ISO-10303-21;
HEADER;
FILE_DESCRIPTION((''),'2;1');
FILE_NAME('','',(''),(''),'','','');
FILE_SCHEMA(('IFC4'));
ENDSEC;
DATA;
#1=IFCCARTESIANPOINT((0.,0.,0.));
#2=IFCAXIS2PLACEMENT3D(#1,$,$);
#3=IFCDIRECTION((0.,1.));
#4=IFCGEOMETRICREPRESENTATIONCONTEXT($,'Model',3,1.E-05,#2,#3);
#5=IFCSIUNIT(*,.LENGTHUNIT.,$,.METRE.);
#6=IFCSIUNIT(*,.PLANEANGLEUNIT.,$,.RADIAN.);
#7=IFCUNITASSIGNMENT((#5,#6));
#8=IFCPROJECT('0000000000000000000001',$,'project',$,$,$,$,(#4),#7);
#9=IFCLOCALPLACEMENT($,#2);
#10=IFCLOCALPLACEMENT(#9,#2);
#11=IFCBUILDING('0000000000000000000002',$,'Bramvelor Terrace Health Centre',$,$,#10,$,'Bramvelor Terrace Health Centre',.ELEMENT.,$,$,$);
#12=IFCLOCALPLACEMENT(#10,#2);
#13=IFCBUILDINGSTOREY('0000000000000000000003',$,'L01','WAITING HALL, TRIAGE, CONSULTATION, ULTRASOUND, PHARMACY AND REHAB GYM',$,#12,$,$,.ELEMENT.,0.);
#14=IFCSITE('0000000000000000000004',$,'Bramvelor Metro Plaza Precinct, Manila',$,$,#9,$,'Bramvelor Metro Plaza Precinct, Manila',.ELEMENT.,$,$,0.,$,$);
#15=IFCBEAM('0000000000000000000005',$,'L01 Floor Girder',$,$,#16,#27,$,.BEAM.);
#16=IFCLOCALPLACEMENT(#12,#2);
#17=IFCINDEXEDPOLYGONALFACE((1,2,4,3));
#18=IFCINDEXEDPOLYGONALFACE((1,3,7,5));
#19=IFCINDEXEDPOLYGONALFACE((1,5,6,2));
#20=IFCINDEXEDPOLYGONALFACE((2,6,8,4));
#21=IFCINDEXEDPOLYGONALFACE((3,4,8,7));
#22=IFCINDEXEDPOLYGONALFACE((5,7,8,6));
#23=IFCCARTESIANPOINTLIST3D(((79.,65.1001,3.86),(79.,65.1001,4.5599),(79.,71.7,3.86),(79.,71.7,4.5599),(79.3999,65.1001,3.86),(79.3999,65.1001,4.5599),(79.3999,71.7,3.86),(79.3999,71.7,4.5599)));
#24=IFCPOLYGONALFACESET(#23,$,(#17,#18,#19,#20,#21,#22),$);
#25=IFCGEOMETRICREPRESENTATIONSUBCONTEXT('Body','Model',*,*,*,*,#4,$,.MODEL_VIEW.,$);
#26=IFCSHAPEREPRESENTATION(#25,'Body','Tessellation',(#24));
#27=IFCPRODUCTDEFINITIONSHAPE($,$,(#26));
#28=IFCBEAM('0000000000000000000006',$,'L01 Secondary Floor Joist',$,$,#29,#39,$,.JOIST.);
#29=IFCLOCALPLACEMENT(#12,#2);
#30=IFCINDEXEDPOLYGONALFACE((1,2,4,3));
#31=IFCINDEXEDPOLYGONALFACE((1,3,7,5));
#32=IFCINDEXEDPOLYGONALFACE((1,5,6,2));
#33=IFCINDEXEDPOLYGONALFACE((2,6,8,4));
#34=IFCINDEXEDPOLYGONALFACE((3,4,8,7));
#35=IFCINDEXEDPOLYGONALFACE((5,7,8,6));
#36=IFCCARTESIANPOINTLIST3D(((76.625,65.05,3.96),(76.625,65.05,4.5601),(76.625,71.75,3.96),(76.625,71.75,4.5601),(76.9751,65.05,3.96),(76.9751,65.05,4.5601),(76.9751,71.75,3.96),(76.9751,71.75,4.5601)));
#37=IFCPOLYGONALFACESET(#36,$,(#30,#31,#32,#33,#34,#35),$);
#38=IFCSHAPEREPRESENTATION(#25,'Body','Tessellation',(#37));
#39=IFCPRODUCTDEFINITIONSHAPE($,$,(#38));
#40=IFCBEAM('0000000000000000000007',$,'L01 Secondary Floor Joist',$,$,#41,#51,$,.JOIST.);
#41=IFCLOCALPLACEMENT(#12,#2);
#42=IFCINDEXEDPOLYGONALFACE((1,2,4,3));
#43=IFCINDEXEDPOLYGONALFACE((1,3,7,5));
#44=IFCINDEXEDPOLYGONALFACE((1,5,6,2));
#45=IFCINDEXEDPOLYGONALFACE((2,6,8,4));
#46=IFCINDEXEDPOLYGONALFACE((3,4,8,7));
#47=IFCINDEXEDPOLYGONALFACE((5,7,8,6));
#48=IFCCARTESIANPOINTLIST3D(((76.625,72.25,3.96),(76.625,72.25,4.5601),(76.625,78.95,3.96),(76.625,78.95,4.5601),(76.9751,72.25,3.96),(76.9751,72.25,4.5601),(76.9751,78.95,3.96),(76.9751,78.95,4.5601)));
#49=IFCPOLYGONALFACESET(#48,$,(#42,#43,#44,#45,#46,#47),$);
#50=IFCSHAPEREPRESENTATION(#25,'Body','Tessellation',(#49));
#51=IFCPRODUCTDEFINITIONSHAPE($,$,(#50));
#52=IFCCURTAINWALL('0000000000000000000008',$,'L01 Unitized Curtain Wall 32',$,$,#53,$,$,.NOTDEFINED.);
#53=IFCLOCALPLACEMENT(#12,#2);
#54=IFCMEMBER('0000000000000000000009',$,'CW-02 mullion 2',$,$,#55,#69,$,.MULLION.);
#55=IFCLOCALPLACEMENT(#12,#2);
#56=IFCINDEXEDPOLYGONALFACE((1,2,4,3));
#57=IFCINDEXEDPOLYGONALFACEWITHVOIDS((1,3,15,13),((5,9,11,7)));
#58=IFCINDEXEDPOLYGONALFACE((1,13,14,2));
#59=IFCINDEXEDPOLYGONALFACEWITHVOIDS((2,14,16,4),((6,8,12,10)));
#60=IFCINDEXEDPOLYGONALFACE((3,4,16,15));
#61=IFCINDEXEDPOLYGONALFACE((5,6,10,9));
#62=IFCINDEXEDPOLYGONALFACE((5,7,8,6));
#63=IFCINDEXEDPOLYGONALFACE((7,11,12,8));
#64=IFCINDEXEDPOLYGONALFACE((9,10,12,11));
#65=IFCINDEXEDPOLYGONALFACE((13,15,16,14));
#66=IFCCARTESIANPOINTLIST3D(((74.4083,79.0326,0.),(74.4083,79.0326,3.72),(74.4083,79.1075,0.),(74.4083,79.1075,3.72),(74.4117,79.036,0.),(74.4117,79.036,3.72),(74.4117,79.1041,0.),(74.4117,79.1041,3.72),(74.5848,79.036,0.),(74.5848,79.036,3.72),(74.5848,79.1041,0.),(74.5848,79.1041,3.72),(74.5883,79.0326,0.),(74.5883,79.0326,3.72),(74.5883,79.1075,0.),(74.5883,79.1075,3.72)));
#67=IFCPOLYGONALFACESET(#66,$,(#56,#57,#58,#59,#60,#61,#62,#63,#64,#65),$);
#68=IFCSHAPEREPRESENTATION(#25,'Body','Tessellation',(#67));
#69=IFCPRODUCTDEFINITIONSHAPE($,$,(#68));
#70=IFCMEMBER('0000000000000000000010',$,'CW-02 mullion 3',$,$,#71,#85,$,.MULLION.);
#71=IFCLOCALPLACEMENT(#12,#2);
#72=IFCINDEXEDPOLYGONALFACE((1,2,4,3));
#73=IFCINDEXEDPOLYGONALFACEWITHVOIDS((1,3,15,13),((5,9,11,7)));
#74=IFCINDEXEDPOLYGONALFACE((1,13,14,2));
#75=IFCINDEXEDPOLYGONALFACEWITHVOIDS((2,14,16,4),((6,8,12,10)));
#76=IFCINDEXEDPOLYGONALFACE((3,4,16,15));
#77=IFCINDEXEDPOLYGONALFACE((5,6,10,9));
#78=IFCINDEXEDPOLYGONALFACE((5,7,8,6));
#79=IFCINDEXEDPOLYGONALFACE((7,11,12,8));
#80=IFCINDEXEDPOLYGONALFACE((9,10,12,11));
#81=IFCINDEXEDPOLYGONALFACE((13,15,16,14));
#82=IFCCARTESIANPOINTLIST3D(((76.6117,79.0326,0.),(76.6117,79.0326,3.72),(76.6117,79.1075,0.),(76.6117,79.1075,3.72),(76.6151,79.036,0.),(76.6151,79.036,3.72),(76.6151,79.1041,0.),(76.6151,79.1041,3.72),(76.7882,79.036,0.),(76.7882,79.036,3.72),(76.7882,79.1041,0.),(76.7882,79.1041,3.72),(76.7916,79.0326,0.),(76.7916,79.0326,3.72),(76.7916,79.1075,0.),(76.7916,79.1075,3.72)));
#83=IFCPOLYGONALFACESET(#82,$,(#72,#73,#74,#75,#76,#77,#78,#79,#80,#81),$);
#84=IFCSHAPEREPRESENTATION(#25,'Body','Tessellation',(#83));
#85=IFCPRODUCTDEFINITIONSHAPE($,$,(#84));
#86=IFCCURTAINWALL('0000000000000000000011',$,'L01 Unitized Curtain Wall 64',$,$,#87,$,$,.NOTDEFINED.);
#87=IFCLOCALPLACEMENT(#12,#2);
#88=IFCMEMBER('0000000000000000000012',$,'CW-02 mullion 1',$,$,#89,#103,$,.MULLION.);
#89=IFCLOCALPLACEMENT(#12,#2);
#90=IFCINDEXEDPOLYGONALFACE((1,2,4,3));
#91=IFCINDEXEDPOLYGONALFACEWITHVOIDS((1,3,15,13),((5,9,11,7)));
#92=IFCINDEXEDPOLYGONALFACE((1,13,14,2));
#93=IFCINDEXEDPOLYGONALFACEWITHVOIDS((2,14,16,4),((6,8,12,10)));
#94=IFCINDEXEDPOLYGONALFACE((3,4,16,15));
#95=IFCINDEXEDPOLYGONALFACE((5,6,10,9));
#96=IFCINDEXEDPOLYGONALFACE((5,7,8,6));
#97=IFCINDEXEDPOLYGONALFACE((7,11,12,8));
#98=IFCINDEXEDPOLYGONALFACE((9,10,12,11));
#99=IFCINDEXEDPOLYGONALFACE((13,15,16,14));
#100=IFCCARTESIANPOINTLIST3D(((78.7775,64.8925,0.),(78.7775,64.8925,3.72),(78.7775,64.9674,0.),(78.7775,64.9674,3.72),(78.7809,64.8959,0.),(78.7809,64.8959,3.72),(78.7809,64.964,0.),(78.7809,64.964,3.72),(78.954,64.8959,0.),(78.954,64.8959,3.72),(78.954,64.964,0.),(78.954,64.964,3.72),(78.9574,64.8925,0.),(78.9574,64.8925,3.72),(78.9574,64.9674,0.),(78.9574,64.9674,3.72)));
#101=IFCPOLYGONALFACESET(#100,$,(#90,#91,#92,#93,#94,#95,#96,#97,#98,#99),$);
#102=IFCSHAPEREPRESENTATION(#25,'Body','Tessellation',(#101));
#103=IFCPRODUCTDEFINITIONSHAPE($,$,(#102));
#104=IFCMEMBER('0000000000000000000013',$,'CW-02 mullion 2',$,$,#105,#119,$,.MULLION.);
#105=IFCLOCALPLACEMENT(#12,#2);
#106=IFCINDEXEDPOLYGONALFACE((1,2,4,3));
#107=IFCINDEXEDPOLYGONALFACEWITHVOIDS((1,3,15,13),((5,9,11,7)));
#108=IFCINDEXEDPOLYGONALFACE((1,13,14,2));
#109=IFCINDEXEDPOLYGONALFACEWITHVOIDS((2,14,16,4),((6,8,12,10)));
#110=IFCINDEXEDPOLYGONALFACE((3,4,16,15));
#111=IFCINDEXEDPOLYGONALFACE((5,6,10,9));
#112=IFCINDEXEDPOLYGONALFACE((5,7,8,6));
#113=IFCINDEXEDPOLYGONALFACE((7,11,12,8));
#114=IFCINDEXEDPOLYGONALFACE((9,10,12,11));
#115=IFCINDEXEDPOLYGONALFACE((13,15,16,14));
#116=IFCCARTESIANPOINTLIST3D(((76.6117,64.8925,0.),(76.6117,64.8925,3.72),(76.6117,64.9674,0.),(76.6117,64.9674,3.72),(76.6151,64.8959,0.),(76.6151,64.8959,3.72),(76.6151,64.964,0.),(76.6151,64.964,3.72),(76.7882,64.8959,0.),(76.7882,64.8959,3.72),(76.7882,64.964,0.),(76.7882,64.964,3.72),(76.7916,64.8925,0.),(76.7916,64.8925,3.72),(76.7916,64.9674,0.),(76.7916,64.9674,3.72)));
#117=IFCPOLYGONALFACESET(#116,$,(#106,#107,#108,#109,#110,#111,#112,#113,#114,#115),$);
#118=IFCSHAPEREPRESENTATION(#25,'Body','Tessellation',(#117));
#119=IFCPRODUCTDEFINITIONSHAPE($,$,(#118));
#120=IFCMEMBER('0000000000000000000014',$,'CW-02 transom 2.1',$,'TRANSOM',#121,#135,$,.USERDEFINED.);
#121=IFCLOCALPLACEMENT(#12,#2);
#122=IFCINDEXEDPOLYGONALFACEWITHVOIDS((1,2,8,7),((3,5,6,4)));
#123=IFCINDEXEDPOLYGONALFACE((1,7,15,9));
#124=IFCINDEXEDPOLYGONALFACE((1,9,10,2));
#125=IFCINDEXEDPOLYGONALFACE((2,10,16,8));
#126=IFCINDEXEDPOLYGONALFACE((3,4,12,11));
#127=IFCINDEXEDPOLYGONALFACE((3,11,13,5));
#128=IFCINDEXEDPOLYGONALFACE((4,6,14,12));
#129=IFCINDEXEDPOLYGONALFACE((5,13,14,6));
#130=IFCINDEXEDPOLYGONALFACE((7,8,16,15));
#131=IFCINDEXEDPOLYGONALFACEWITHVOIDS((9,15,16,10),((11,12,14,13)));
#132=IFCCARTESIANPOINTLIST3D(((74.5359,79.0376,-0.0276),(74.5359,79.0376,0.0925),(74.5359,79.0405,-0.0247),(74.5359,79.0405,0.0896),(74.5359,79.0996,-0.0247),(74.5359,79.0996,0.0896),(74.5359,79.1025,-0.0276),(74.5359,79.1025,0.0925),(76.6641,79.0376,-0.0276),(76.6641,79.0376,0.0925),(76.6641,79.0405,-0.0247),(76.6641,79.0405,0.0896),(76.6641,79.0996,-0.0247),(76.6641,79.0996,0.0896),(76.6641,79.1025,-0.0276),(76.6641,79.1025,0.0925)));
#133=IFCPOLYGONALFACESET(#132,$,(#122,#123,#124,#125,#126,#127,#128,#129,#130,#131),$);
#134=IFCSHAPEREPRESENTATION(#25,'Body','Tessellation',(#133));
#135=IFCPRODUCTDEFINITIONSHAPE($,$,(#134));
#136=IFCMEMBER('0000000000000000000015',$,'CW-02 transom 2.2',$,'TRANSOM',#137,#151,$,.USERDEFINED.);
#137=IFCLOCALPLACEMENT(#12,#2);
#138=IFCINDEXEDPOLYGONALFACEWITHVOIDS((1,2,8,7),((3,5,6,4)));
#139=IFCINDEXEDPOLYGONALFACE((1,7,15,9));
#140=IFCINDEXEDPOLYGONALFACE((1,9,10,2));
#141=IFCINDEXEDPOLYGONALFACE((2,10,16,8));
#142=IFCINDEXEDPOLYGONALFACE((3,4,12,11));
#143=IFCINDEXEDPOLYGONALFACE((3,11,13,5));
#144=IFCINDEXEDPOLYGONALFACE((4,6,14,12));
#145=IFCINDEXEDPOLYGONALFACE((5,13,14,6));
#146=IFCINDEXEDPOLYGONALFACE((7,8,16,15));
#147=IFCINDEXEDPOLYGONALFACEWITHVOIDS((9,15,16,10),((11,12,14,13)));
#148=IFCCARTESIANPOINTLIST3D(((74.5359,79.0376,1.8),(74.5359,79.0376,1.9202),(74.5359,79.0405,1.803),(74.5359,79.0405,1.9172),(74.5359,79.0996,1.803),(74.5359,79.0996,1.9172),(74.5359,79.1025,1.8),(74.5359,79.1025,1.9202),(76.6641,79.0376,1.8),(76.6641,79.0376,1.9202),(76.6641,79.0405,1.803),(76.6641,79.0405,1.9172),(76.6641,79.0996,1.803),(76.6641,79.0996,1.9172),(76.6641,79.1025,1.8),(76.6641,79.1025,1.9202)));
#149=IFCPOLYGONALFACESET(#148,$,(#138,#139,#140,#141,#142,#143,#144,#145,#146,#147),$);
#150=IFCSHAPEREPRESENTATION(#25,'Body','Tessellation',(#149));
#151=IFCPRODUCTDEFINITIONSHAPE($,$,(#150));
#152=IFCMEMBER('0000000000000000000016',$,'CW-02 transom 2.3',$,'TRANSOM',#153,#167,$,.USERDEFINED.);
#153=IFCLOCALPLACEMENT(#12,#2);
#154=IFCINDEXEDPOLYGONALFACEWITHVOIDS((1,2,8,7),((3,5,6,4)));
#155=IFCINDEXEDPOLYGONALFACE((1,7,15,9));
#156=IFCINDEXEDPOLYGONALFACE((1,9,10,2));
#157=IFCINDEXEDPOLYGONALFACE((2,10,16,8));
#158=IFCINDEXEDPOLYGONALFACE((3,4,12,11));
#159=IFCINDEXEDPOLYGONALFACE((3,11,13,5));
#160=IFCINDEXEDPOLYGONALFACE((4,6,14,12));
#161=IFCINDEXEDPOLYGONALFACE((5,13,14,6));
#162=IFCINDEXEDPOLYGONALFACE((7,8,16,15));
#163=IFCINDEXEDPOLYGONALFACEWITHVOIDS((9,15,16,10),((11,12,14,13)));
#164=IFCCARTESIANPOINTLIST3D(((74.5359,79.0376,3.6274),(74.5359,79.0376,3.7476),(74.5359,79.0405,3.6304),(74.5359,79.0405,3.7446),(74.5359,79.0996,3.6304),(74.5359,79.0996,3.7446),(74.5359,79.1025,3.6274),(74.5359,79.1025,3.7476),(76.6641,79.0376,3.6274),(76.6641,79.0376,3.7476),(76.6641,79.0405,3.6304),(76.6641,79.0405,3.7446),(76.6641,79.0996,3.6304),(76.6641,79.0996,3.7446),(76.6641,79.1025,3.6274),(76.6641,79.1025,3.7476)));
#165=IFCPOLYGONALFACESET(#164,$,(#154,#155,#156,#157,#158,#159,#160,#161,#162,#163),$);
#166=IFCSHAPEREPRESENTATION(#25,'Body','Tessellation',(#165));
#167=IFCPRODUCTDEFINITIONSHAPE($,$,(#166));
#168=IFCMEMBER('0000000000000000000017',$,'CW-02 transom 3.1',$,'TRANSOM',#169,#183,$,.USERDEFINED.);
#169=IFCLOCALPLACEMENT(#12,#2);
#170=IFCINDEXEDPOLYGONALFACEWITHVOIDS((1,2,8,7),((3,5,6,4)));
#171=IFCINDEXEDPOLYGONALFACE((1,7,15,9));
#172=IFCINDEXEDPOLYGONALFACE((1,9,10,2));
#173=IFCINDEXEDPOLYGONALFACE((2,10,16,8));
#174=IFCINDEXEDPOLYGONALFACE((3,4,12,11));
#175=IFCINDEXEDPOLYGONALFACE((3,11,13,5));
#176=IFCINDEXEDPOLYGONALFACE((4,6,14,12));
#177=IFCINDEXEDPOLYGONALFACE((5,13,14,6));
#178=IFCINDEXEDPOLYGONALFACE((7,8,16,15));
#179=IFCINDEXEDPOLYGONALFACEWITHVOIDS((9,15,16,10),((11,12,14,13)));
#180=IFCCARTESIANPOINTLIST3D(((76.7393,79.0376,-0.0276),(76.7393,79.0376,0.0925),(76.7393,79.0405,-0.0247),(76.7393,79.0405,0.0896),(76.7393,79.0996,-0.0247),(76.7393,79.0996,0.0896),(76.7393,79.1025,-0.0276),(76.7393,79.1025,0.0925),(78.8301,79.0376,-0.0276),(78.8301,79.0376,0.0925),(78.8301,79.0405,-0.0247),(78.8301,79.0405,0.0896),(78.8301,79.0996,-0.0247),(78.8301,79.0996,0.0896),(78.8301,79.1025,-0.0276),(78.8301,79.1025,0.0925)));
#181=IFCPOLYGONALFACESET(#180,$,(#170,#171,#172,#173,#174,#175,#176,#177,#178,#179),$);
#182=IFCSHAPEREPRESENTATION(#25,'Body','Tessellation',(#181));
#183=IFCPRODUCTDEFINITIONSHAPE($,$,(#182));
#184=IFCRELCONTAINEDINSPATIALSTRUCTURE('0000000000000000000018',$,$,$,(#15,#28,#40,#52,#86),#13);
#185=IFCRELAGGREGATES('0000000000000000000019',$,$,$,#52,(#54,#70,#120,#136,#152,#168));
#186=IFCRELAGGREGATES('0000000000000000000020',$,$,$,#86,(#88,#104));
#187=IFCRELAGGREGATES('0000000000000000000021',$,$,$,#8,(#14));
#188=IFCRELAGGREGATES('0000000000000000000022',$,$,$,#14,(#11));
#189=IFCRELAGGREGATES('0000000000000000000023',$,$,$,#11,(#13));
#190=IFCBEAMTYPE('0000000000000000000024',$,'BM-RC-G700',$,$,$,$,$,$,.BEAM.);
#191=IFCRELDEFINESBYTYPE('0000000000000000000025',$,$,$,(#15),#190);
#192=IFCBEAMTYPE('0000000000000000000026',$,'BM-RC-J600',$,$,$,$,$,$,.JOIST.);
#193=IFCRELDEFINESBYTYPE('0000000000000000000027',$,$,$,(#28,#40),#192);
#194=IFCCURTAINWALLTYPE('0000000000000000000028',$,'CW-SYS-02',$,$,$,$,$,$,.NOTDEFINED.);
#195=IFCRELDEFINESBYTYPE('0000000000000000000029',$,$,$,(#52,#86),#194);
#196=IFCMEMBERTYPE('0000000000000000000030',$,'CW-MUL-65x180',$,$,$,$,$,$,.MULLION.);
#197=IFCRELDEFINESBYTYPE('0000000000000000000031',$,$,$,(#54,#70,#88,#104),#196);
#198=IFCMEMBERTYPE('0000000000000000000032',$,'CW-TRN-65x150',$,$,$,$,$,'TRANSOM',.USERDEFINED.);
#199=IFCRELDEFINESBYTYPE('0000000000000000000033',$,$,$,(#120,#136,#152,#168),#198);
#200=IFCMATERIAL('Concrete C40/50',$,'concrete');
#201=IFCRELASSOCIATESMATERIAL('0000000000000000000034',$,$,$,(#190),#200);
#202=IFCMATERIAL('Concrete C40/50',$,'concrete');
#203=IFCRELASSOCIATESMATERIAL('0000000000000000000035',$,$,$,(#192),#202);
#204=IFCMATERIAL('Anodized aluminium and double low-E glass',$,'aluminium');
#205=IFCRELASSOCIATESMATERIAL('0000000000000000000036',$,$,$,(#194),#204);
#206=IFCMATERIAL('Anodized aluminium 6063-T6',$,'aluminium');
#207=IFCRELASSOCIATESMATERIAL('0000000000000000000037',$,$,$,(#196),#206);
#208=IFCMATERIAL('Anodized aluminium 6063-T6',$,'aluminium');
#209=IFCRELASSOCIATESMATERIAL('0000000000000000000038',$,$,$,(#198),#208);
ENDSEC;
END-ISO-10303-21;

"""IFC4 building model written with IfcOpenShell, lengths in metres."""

from ifc_helpers import new_model, si_unit, direction, frame, origin, origin_2d, place, context, subcontext, project, spatial, rectangle, hollow_rectangle, extrude, material, material_profile, profile_set, type_object, element, aggregate, save


model = new_model("IFC4")

# Units and contexts
model_context = context("Model", 3, precision=1e-05, world=origin(), true_north=direction((0.0, 1.0)))
body_context = subcontext(model_context, "Body", "Model", "MODEL_VIEW")
ifc_project = project(units=[si_unit("LENGTHUNIT", "METRE"), si_unit("PLANEANGLEUNIT", "RADIAN")], contexts=[model_context])

# Site, building, storey
site_placement = place(None, origin())
site = spatial("IfcSite", under=ifc_project, at=site_placement, Name="Bramvelor Metro Plaza Precinct, Manila", LongName="Bramvelor Metro Plaza Precinct, Manila", CompositionType="ELEMENT", RefElevation=0.0)
building_placement = place(site_placement, origin())
building = spatial("IfcBuilding", under=site, at=building_placement, Name="Bramvelor Terrace Health Centre", LongName="Bramvelor Terrace Health Centre", CompositionType="ELEMENT")
storey_placement = place(building_placement, origin())
storey = spatial("IfcBuildingStorey", under=building, at=storey_placement, Name="L01", Description="WAITING HALL, TRIAGE, CONSULTATION, ULTRASOUND, PHARMACY AND REHAB GYM", CompositionType="ELEMENT", Elevation=0.0)

# Beams
ifc_material_1 = material(Name="Concrete C40/50", Category="concrete")
ifc_material_profile_1 = material_profile(ifc_material_1, rectangle(XDim=0.3999, YDim=0.7, at=origin_2d()), Name="RC 400x700")
ifc_profile_set_1 = profile_set([ifc_material_profile_1], Name="Concrete C40/50")
beam_type_1 = type_object("IfcBeamType", Name="BM-RC-G700", PredefinedType="BEAM", material=ifc_profile_set_1)
beam_placement = place(storey_placement, frame((79.2, 65.1001, 4.21), z_axis=(0.0, 1.0, 0.0), x_axis=(-1.0, 0.0, 0.0)))
element("IfcBeam", 1, at=beam_placement, inside=storey, type_object=beam_type_1, Name="L01 Floor Girder", PredefinedType="BEAM", context=body_context, shape_type="SweptSolid", body=[
    extrude(rectangle(XDim=0.3999, YDim=0.7, at=origin_2d()), origin(), (0.0, 0.0, 1.0), 6.5999),
])
ifc_material_2 = material(Name="Concrete C40/50", Category="concrete")
ifc_material_profile_2 = material_profile(ifc_material_2, rectangle(XDim=0.3501, YDim=0.6001, at=origin_2d()), Name="RC 350x600")
ifc_profile_set_2 = profile_set([ifc_material_profile_2], Name="Concrete C40/50")
beam_type_2 = type_object("IfcBeamType", Name="BM-RC-J600", PredefinedType="JOIST", material=ifc_profile_set_2)
for number, where, z_axis, x_axis, name in (
    (2, (76.8, 65.05, 4.26), (0.0, 1.0, 0.0), (-1.0, 0.0, 0.0), "L01 Secondary Floor Joist"),
    (3, (76.8, 72.25, 4.26), (0.0, 1.0, 0.0), (-1.0, 0.0, 0.0), "L01 Secondary Floor Joist"),
):
    element("IfcBeam", number, at=place(storey_placement, frame(where, z_axis=z_axis, x_axis=x_axis)), inside=storey, type_object=beam_type_2, Name=name, PredefinedType="JOIST", context=body_context, shape_type="SweptSolid", body=[
        extrude(rectangle(XDim=0.3501, YDim=0.6001, at=origin_2d()), origin(), (0.0, 0.0, 1.0), 6.7),
    ])

# Curtain walls, members
ifc_material_3 = material(Name="Anodized aluminium and double low-E glass", Category="aluminium")
curtain_wall_type = type_object("IfcCurtainWallType", Name="CW-SYS-02", PredefinedType="NOTDEFINED", material=ifc_material_3)
curtain_wall_1_placement = place(storey_placement, origin())
curtain_wall_1 = element("IfcCurtainWall", 4, at=curtain_wall_1_placement, inside=storey, type_object=curtain_wall_type, Name="L01 Unitized Curtain Wall 32", PredefinedType="NOTDEFINED")
ifc_material_4 = material(Name="Anodized aluminium 6063-T6", Category="aluminium")
ifc_material_profile_3 = material_profile(ifc_material_4, hollow_rectangle(XDim=0.075, YDim=0.1799, WallThickness=0.0034, at=origin_2d()), Name="ALU-MUL 75x180x3.5")
ifc_profile_set_3 = profile_set([ifc_material_profile_3], Name="Anodized aluminium 6063-T6")
member_type_1 = type_object("IfcMemberType", Name="CW-MUL-65x180", PredefinedType="MULLION", material=ifc_profile_set_3)
member_1_placement = place(storey_placement, frame((74.4983, 79.0701, 0.0), z_axis=(0.0, 0.0, 1.0), x_axis=(0.0, 1.0, 0.0)))
member_1 = element("IfcMember", 5, at=member_1_placement, type_object=member_type_1, Name="CW-02 mullion 2", PredefinedType="MULLION", context=body_context, shape_type="SweptSolid", body=[
    extrude(hollow_rectangle(XDim=0.075, YDim=0.1799, WallThickness=0.0034, at=origin_2d()), origin(), (0.0, 0.0, 1.0), 3.72),
])
member_2_placement = place(storey_placement, frame((76.7017, 79.0701, 0.0), z_axis=(0.0, 0.0, 1.0), x_axis=(0.0, 1.0, 0.0)))
member_2 = element("IfcMember", 6, at=member_2_placement, type_object=member_type_1, Name="CW-02 mullion 3", PredefinedType="MULLION", context=body_context, shape_type="SweptSolid", body=[
    extrude(hollow_rectangle(XDim=0.075, YDim=0.1799, WallThickness=0.0034, at=origin_2d()), origin(), (0.0, 0.0, 1.0), 3.72),
])
curtain_wall_2_placement = place(storey_placement, origin())
curtain_wall_2 = element("IfcCurtainWall", 7, at=curtain_wall_2_placement, inside=storey, type_object=curtain_wall_type, Name="L01 Unitized Curtain Wall 64", PredefinedType="NOTDEFINED")
member_3_placement = place(storey_placement, frame((78.8674, 64.9299, 0.0), z_axis=(0.0, 0.0, 1.0), x_axis=(0.0, -1.0, 0.0)))
member_3 = element("IfcMember", 8, at=member_3_placement, type_object=member_type_1, Name="CW-02 mullion 1", PredefinedType="MULLION", context=body_context, shape_type="SweptSolid", body=[
    extrude(hollow_rectangle(XDim=0.075, YDim=0.1799, WallThickness=0.0034, at=origin_2d()), origin(), (0.0, 0.0, 1.0), 3.72),
])
member_4_placement = place(storey_placement, frame((76.7017, 64.9299, 0.0), z_axis=(0.0, 0.0, 1.0), x_axis=(0.0, -1.0, 0.0)))
member_4 = element("IfcMember", 9, at=member_4_placement, type_object=member_type_1, Name="CW-02 mullion 2", PredefinedType="MULLION", context=body_context, shape_type="SweptSolid", body=[
    extrude(hollow_rectangle(XDim=0.075, YDim=0.1799, WallThickness=0.0034, at=origin_2d()), origin(), (0.0, 0.0, 1.0), 3.72),
])

# Members
ifc_material_5 = material(Name="Anodized aluminium 6063-T6", Category="aluminium")
ifc_material_profile_4 = material_profile(ifc_material_5, hollow_rectangle(XDim=0.0649, YDim=0.1201, WallThickness=0.0029, at=origin_2d()), Name="ALU-TRN 65x120x3.0")
ifc_profile_set_4 = profile_set([ifc_material_profile_4], Name="Anodized aluminium 6063-T6")
member_type_2 = type_object("IfcMemberType", Name="CW-TRN-65x150", ElementType="TRANSOM", PredefinedType="USERDEFINED", material=ifc_profile_set_4)
member_5_placement = place(storey_placement, frame((74.5359, 79.0701, 0.0325), z_axis=(1.0, 0.0, 0.0), x_axis=(0.0, 1.0, 0.0)))
member_5 = element("IfcMember", 10, at=member_5_placement, type_object=member_type_2, Name="CW-02 transom 2.1", ObjectType="TRANSOM", PredefinedType="USERDEFINED", context=body_context, shape_type="SweptSolid", body=[
    extrude(hollow_rectangle(XDim=0.0649, YDim=0.1201, WallThickness=0.0029, at=origin_2d()), origin(), (0.0, 0.0, 1.0), 2.1282),
])
member_6_placement = place(storey_placement, frame((74.5359, 79.0701, 1.8601), z_axis=(1.0, 0.0, 0.0), x_axis=(0.0, 1.0, 0.0)))
member_6 = element("IfcMember", 11, at=member_6_placement, type_object=member_type_2, Name="CW-02 transom 2.2", ObjectType="TRANSOM", PredefinedType="USERDEFINED", context=body_context, shape_type="SweptSolid", body=[
    extrude(hollow_rectangle(XDim=0.0649, YDim=0.1201, WallThickness=0.0029, at=origin_2d()), origin(), (0.0, 0.0, 1.0), 2.1282),
])
member_7_placement = place(storey_placement, frame((74.5359, 79.0701, 3.6875), z_axis=(1.0, 0.0, 0.0), x_axis=(0.0, 1.0, 0.0)))
member_7 = element("IfcMember", 12, at=member_7_placement, type_object=member_type_2, Name="CW-02 transom 2.3", ObjectType="TRANSOM", PredefinedType="USERDEFINED", context=body_context, shape_type="SweptSolid", body=[
    extrude(hollow_rectangle(XDim=0.0649, YDim=0.1201, WallThickness=0.0029, at=origin_2d()), origin(), (0.0, 0.0, 1.0), 2.1282),
])
member_8_placement = place(storey_placement, frame((76.7393, 79.0701, 0.0325), z_axis=(1.0, 0.0, 0.0), x_axis=(0.0, 1.0, 0.0)))
member_8 = element("IfcMember", 13, at=member_8_placement, type_object=member_type_2, Name="CW-02 transom 3.1", ObjectType="TRANSOM", PredefinedType="USERDEFINED", context=body_context, shape_type="SweptSolid", body=[
    extrude(hollow_rectangle(XDim=0.0649, YDim=0.1201, WallThickness=0.0029, at=origin_2d()), origin(), (0.0, 0.0, 1.0), 2.0908),
])

aggregate(curtain_wall_1, [member_1, member_2, member_5, member_6, member_7, member_8])
aggregate(curtain_wall_2, [member_3, member_4])

save(model, "model.ifc")
